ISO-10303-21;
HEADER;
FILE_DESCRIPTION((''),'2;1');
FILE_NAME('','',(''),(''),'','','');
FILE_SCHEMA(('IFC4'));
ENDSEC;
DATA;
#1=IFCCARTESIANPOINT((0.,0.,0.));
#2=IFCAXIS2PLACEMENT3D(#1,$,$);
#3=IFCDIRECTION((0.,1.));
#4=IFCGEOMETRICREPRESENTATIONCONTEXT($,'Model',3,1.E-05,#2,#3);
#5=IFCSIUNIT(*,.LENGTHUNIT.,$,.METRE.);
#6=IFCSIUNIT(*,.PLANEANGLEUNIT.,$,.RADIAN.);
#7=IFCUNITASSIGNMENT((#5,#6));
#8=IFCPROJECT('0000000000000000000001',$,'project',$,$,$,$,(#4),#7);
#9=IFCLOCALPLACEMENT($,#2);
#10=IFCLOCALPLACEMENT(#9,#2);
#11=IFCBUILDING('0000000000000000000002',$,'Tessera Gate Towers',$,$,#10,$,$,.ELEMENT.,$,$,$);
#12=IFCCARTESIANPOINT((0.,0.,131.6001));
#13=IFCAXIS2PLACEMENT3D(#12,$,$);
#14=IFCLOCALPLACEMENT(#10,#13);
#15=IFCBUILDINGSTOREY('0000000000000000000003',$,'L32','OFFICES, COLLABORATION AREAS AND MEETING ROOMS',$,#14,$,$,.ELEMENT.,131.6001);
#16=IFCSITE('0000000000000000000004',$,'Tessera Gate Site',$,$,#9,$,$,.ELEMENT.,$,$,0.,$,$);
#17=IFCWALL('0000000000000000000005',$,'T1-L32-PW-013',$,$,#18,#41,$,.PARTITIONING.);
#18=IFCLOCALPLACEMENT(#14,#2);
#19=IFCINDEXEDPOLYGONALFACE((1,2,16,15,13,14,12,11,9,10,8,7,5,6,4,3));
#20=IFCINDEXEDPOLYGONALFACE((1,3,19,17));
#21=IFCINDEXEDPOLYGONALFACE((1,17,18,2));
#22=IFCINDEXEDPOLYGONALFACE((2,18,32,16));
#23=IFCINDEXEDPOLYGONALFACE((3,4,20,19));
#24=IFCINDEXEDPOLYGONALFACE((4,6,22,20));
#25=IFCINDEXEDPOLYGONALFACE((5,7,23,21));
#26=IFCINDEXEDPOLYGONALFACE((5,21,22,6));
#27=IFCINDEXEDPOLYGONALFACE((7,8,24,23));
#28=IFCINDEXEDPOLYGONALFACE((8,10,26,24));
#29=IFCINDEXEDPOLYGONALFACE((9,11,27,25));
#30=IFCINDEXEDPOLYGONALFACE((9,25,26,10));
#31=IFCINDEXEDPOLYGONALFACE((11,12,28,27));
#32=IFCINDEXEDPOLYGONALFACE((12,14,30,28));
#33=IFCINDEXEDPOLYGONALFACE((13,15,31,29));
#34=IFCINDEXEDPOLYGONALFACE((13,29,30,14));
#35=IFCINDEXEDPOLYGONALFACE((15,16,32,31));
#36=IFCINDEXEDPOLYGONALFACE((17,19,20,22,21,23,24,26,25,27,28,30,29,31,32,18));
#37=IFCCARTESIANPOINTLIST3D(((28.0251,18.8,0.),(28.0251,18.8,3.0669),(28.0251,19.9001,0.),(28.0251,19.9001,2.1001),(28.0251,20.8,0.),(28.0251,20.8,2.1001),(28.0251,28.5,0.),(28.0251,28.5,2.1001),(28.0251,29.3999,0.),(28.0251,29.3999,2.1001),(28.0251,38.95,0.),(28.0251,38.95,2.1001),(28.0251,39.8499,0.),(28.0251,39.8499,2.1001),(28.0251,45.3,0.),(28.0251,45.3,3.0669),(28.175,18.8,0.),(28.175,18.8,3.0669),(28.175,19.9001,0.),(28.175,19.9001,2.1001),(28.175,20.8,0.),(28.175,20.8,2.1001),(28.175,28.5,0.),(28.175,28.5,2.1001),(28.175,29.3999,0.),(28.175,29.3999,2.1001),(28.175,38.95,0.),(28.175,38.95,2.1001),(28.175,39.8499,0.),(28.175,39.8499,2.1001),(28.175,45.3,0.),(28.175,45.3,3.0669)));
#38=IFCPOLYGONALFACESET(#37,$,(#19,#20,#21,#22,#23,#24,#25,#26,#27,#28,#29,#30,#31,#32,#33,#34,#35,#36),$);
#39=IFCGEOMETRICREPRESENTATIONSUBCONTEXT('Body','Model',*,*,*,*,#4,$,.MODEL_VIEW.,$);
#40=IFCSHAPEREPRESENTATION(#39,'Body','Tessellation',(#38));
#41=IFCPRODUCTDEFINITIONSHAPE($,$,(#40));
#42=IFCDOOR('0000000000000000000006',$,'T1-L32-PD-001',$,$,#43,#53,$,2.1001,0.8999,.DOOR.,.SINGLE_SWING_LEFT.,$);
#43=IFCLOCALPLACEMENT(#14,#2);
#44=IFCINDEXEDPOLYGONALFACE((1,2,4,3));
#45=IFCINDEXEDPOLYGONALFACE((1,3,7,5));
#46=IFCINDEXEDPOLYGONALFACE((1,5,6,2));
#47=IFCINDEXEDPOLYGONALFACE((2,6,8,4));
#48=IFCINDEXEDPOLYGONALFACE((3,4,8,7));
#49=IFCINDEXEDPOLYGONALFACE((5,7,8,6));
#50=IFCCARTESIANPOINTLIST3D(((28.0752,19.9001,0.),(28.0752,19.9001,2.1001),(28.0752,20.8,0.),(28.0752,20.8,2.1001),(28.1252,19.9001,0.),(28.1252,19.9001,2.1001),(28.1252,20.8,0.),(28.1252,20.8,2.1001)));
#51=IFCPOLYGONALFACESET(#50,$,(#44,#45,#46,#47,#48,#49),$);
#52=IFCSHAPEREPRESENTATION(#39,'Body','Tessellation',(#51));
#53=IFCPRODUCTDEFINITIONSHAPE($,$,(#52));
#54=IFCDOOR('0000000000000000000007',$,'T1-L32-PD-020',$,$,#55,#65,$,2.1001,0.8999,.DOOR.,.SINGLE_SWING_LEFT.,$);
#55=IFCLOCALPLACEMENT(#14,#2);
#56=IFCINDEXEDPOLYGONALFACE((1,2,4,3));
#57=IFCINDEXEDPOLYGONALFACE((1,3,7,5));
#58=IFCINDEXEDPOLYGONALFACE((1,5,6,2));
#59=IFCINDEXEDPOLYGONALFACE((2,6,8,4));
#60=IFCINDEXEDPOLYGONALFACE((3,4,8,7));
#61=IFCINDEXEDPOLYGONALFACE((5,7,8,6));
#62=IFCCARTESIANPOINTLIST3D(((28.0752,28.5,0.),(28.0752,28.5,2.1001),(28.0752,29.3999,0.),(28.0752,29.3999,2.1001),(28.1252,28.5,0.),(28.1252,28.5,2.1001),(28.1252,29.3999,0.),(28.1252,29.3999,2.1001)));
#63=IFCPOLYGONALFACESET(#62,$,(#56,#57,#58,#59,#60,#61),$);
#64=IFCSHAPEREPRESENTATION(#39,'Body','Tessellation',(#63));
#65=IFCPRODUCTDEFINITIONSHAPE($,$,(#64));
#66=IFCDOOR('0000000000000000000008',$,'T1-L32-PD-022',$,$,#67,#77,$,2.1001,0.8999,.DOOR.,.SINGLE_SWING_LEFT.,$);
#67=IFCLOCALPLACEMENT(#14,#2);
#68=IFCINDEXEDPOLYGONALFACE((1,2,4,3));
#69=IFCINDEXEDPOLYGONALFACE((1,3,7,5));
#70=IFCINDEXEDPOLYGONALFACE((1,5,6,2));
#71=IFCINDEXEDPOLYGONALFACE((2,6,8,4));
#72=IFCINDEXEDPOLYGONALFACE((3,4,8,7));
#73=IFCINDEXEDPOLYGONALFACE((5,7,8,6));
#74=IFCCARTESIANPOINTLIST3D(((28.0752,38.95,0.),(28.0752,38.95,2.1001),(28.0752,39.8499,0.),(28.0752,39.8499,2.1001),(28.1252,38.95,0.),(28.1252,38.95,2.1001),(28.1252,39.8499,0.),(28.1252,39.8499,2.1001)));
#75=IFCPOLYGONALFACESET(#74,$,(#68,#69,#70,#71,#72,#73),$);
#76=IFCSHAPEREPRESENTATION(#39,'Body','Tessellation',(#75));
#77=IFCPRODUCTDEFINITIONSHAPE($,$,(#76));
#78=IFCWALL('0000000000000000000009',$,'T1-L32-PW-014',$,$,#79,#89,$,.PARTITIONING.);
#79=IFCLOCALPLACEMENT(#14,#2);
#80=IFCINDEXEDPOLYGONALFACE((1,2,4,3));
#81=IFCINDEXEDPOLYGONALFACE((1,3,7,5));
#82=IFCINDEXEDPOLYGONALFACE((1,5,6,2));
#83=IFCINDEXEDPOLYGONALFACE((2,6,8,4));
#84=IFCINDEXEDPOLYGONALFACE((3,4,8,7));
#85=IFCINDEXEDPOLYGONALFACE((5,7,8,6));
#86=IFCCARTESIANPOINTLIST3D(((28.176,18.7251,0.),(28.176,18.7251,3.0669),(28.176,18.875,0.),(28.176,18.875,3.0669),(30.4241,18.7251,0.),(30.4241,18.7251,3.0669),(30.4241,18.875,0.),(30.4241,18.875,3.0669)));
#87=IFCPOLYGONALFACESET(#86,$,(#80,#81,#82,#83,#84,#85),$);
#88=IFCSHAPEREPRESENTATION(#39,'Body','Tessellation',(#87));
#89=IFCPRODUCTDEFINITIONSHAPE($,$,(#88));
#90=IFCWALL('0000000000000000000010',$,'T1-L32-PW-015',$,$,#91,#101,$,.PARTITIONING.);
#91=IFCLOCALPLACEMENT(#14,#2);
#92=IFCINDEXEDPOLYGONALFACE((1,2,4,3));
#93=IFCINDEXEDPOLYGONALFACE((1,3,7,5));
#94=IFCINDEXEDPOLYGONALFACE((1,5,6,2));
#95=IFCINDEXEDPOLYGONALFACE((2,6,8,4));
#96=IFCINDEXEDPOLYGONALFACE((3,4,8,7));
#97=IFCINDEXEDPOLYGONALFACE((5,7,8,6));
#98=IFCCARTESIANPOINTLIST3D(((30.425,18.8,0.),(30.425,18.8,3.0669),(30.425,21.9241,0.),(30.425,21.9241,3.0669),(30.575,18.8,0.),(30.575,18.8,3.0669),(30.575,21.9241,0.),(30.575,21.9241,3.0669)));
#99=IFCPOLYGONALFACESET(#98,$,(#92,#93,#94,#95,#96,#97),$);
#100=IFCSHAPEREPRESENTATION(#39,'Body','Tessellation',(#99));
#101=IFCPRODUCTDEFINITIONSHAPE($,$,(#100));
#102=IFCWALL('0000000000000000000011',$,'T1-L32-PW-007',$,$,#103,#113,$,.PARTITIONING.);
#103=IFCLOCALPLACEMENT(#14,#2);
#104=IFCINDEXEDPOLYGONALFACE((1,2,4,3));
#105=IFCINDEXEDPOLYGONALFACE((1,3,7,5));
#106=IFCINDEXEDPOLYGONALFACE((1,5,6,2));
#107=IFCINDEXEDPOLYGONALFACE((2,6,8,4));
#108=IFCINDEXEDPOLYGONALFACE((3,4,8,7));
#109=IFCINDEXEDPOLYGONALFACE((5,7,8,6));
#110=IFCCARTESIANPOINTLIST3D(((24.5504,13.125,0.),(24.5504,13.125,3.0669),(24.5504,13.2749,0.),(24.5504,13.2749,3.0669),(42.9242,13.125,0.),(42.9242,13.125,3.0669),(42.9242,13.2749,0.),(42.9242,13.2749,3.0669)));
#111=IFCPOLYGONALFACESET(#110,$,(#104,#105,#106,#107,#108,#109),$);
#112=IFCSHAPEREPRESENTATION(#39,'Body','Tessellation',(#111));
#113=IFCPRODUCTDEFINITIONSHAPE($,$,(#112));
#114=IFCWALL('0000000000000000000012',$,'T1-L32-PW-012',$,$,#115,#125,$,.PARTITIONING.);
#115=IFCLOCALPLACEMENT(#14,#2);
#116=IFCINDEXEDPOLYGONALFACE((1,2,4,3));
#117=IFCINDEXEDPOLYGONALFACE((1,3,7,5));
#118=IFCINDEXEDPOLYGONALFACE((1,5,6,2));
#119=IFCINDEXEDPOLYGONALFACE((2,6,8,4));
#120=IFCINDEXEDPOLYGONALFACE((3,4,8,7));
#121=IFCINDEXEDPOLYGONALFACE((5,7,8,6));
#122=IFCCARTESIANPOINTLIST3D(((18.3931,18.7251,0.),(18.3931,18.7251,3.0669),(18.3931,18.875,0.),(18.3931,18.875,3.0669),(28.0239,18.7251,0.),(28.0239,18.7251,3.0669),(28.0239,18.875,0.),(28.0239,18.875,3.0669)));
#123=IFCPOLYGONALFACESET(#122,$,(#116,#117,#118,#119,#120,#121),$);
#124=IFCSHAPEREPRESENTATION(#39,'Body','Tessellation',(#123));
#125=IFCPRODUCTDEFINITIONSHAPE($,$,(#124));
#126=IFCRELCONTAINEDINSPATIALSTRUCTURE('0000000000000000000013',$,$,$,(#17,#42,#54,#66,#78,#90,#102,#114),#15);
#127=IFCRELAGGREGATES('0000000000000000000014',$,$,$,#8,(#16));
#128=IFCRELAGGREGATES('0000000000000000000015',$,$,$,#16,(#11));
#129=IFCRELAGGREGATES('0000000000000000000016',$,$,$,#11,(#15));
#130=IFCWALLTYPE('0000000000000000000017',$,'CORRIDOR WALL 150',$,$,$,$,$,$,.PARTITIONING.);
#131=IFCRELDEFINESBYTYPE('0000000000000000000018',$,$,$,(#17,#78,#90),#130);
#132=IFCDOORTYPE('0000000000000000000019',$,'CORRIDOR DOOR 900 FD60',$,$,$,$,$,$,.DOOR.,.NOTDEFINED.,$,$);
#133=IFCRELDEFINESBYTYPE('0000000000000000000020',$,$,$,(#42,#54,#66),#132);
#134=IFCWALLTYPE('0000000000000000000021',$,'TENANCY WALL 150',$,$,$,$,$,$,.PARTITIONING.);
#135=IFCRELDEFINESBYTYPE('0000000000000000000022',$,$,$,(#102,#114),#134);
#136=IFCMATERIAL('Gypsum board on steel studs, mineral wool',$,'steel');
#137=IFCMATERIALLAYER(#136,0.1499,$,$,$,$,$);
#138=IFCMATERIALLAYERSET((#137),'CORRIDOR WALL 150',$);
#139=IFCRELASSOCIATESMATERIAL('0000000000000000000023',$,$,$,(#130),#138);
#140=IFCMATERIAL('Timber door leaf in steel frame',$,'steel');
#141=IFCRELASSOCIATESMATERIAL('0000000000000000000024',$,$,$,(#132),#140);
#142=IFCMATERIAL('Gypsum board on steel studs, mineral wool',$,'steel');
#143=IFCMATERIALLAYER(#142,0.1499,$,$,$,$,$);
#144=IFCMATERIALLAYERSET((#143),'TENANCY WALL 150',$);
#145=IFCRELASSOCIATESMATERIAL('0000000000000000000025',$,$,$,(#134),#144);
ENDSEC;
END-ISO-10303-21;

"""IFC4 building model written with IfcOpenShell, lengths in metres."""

from ifc_helpers import new_model, si_unit, direction, frame, frame_2d, origin, place, context, subcontext, project, spatial, rectangle, extrude, source, transform, mapped, material, layer, layer_set, type_object, element, fill, save


model = new_model("IFC4")

# Units and contexts
model_context = context("Model", 3, precision=1e-05, world=origin(), true_north=direction((0.0, 1.0)))
body_context = subcontext(model_context, "Body", "Model", "MODEL_VIEW")
ifc_project = project(units=[si_unit("LENGTHUNIT", "METRE"), si_unit("PLANEANGLEUNIT", "RADIAN")], contexts=[model_context])

# Site, building, storey
site_placement = place(None, origin())
site = spatial("IfcSite", under=ifc_project, at=site_placement, Name="Tessera Gate Site", CompositionType="ELEMENT", RefElevation=0.0)
building_placement = place(site_placement, origin())
building = spatial("IfcBuilding", under=site, at=building_placement, Name="Tessera Gate Towers", CompositionType="ELEMENT")
storey_placement = place(building_placement, frame((0.0, 0.0, 131.6001)))
storey = spatial("IfcBuildingStorey", under=building, at=storey_placement, Name="L32", Description="OFFICES, COLLABORATION AREAS AND MEETING ROOMS", CompositionType="ELEMENT", Elevation=131.6001)

# Wall, openings, doors
ifc_material_1 = material(Name="Gypsum board on steel studs, mineral wool", Category="steel")
ifc_layer_1 = layer(ifc_material_1, 0.1499)
ifc_layer_set_1 = layer_set([ifc_layer_1], Name="CORRIDOR WALL 150")
wall_type_1 = type_object("IfcWallType", Name="CORRIDOR WALL 150", PredefinedType="PARTITIONING", material=ifc_layer_set_1)
wall_1_placement = place(storey_placement, frame((28.1001, 18.8, 0.0), z_axis=(0.0, 0.0, 1.0), x_axis=(0.0, 1.0, 0.0)))
wall_1 = element("IfcWall", 1, at=wall_1_placement, inside=storey, type_object=wall_type_1, Name="T1-L32-PW-013", PredefinedType="PARTITIONING", context=body_context, shape_type="SweptSolid", body=[
    extrude(rectangle(XDim=26.5, YDim=0.1499, at=frame_2d((13.25, 0.0))), origin(), (0.0, 0.0, 1.0), 3.0669),
])
shared_shape_1 = source(origin(), body_context, "Body", "SweptSolid", [
    extrude(rectangle(XDim=0.8999, YDim=2.1001, at=frame_2d((0.45, 1.05))), frame((0.0, 0.085, 0.0), z_axis=(0.0, -1.0, 0.0), x_axis=(1.0, 0.0, 0.0)), (0.0, 0.0, 1.0), 0.1699),
])
opening_1_placement = place(wall_1_placement, frame((1.1001, 0.0, 0.0)))
opening_1 = element("IfcOpeningElement", 2, at=opening_1_placement, cuts=wall_1, PredefinedType="OPENING", context=body_context, shape_type="MappedRepresentation", body=[
    mapped(shared_shape_1, transform((0.0, 0.0, 0.0), scale=1.0)),
])
opening_2_placement = place(wall_1_placement, frame((9.7, 0.0, 0.0)))
opening_2 = element("IfcOpeningElement", 3, at=opening_2_placement, cuts=wall_1, PredefinedType="OPENING", context=body_context, shape_type="MappedRepresentation", body=[
    mapped(shared_shape_1, transform((0.0, 0.0, 0.0), scale=1.0)),
])
opening_3_placement = place(wall_1_placement, frame((20.1499, 0.0, 0.0)))
opening_3 = element("IfcOpeningElement", 4, at=opening_3_placement, cuts=wall_1, PredefinedType="OPENING", context=body_context, shape_type="MappedRepresentation", body=[
    mapped(shared_shape_1, transform((0.0, 0.0, 0.0), scale=1.0)),
])
ifc_material_2 = material(Name="Timber door leaf in steel frame", Category="steel")
door_type = type_object("IfcDoorType", Name="CORRIDOR DOOR 900 FD60", OperationType="NOTDEFINED", PredefinedType="DOOR", material=ifc_material_2)
shared_shape_2 = source(origin(), body_context, "Body", "SweptSolid", [
    extrude(rectangle(XDim=0.8999, YDim=2.1001, at=frame_2d((0.45, 1.05))), frame((0.0, 0.0249, 0.0), z_axis=(0.0, -1.0, 0.0), x_axis=(1.0, 0.0, 0.0)), (0.0, 0.0, 1.0), 0.05),
])
door_1_placement = place(opening_1_placement, origin())
door_1 = element("IfcDoor", 5, at=door_1_placement, inside=storey, type_object=door_type, Name="T1-L32-PD-001", OperationType="SINGLE_SWING_LEFT", OverallHeight=2.1001, OverallWidth=0.8999, PredefinedType="DOOR", context=body_context, shape_type="MappedRepresentation", body=[
    mapped(shared_shape_2, transform((0.0, 0.0, 0.0), scale=1.0)),
])
fill(opening_1, door_1)
door_2_placement = place(opening_2_placement, origin())
door_2 = element("IfcDoor", 6, at=door_2_placement, inside=storey, type_object=door_type, Name="T1-L32-PD-020", OperationType="SINGLE_SWING_LEFT", OverallHeight=2.1001, OverallWidth=0.8999, PredefinedType="DOOR", context=body_context, shape_type="MappedRepresentation", body=[
    mapped(shared_shape_2, transform((0.0, 0.0, 0.0), scale=1.0)),
])
fill(opening_2, door_2)
door_3_placement = place(opening_3_placement, origin())
door_3 = element("IfcDoor", 7, at=door_3_placement, inside=storey, type_object=door_type, Name="T1-L32-PD-022", OperationType="SINGLE_SWING_LEFT", OverallHeight=2.1001, OverallWidth=0.8999, PredefinedType="DOOR", context=body_context, shape_type="MappedRepresentation", body=[
    mapped(shared_shape_2, transform((0.0, 0.0, 0.0), scale=1.0)),
])
fill(opening_3, door_3)

# Walls
wall_2_placement = place(storey_placement, frame((28.176, 18.8, 0.0), z_axis=(0.0, 0.0, 1.0), x_axis=(1.0, 0.0, 0.0)))
element("IfcWall", 8, at=wall_2_placement, inside=storey, type_object=wall_type_1, Name="T1-L32-PW-014", PredefinedType="PARTITIONING", context=body_context, shape_type="SweptSolid", body=[
    extrude(rectangle(XDim=2.248, YDim=0.1499, at=frame_2d((1.124, 0.0))), origin(), (0.0, 0.0, 1.0), 3.0669),
])
wall_3_placement = place(storey_placement, frame((30.5, 18.8, 0.0), z_axis=(0.0, 0.0, 1.0), x_axis=(0.0, 1.0, 0.0)))
element("IfcWall", 9, at=wall_3_placement, inside=storey, type_object=wall_type_1, Name="T1-L32-PW-015", PredefinedType="PARTITIONING", context=body_context, shape_type="SweptSolid", body=[
    extrude(rectangle(XDim=3.124, YDim=0.1499, at=frame_2d((1.562, 0.0))), origin(), (0.0, 0.0, 1.0), 3.0669),
])
ifc_material_3 = material(Name="Gypsum board on steel studs, mineral wool", Category="steel")
ifc_layer_2 = layer(ifc_material_3, 0.1499)
ifc_layer_set_2 = layer_set([ifc_layer_2], Name="TENANCY WALL 150")
wall_type_2 = type_object("IfcWallType", Name="TENANCY WALL 150", PredefinedType="PARTITIONING", material=ifc_layer_set_2)
wall_4_placement = place(storey_placement, frame((24.5503, 13.2, 0.0), z_axis=(0.0, 0.0, 1.0), x_axis=(1.0, 0.0, 0.0)))
element("IfcWall", 10, at=wall_4_placement, inside=storey, type_object=wall_type_2, Name="T1-L32-PW-007", PredefinedType="PARTITIONING", context=body_context, shape_type="SweptSolid", body=[
    extrude(rectangle(XDim=18.3738, YDim=0.1499, at=frame_2d((9.187, 0.0))), origin(), (0.0, 0.0, 1.0), 3.0669),
])
wall_5_placement = place(storey_placement, frame((18.3931, 18.8, 0.0), z_axis=(0.0, 0.0, 1.0), x_axis=(1.0, 0.0, 0.0)))
element("IfcWall", 11, at=wall_5_placement, inside=storey, type_object=wall_type_2, Name="T1-L32-PW-012", PredefinedType="PARTITIONING", context=body_context, shape_type="SweptSolid", body=[
    extrude(rectangle(XDim=9.6309, YDim=0.1499, at=frame_2d((4.8154, 0.0))), origin(), (0.0, 0.0, 1.0), 3.0669),
])

save(model, "model.ifc")
